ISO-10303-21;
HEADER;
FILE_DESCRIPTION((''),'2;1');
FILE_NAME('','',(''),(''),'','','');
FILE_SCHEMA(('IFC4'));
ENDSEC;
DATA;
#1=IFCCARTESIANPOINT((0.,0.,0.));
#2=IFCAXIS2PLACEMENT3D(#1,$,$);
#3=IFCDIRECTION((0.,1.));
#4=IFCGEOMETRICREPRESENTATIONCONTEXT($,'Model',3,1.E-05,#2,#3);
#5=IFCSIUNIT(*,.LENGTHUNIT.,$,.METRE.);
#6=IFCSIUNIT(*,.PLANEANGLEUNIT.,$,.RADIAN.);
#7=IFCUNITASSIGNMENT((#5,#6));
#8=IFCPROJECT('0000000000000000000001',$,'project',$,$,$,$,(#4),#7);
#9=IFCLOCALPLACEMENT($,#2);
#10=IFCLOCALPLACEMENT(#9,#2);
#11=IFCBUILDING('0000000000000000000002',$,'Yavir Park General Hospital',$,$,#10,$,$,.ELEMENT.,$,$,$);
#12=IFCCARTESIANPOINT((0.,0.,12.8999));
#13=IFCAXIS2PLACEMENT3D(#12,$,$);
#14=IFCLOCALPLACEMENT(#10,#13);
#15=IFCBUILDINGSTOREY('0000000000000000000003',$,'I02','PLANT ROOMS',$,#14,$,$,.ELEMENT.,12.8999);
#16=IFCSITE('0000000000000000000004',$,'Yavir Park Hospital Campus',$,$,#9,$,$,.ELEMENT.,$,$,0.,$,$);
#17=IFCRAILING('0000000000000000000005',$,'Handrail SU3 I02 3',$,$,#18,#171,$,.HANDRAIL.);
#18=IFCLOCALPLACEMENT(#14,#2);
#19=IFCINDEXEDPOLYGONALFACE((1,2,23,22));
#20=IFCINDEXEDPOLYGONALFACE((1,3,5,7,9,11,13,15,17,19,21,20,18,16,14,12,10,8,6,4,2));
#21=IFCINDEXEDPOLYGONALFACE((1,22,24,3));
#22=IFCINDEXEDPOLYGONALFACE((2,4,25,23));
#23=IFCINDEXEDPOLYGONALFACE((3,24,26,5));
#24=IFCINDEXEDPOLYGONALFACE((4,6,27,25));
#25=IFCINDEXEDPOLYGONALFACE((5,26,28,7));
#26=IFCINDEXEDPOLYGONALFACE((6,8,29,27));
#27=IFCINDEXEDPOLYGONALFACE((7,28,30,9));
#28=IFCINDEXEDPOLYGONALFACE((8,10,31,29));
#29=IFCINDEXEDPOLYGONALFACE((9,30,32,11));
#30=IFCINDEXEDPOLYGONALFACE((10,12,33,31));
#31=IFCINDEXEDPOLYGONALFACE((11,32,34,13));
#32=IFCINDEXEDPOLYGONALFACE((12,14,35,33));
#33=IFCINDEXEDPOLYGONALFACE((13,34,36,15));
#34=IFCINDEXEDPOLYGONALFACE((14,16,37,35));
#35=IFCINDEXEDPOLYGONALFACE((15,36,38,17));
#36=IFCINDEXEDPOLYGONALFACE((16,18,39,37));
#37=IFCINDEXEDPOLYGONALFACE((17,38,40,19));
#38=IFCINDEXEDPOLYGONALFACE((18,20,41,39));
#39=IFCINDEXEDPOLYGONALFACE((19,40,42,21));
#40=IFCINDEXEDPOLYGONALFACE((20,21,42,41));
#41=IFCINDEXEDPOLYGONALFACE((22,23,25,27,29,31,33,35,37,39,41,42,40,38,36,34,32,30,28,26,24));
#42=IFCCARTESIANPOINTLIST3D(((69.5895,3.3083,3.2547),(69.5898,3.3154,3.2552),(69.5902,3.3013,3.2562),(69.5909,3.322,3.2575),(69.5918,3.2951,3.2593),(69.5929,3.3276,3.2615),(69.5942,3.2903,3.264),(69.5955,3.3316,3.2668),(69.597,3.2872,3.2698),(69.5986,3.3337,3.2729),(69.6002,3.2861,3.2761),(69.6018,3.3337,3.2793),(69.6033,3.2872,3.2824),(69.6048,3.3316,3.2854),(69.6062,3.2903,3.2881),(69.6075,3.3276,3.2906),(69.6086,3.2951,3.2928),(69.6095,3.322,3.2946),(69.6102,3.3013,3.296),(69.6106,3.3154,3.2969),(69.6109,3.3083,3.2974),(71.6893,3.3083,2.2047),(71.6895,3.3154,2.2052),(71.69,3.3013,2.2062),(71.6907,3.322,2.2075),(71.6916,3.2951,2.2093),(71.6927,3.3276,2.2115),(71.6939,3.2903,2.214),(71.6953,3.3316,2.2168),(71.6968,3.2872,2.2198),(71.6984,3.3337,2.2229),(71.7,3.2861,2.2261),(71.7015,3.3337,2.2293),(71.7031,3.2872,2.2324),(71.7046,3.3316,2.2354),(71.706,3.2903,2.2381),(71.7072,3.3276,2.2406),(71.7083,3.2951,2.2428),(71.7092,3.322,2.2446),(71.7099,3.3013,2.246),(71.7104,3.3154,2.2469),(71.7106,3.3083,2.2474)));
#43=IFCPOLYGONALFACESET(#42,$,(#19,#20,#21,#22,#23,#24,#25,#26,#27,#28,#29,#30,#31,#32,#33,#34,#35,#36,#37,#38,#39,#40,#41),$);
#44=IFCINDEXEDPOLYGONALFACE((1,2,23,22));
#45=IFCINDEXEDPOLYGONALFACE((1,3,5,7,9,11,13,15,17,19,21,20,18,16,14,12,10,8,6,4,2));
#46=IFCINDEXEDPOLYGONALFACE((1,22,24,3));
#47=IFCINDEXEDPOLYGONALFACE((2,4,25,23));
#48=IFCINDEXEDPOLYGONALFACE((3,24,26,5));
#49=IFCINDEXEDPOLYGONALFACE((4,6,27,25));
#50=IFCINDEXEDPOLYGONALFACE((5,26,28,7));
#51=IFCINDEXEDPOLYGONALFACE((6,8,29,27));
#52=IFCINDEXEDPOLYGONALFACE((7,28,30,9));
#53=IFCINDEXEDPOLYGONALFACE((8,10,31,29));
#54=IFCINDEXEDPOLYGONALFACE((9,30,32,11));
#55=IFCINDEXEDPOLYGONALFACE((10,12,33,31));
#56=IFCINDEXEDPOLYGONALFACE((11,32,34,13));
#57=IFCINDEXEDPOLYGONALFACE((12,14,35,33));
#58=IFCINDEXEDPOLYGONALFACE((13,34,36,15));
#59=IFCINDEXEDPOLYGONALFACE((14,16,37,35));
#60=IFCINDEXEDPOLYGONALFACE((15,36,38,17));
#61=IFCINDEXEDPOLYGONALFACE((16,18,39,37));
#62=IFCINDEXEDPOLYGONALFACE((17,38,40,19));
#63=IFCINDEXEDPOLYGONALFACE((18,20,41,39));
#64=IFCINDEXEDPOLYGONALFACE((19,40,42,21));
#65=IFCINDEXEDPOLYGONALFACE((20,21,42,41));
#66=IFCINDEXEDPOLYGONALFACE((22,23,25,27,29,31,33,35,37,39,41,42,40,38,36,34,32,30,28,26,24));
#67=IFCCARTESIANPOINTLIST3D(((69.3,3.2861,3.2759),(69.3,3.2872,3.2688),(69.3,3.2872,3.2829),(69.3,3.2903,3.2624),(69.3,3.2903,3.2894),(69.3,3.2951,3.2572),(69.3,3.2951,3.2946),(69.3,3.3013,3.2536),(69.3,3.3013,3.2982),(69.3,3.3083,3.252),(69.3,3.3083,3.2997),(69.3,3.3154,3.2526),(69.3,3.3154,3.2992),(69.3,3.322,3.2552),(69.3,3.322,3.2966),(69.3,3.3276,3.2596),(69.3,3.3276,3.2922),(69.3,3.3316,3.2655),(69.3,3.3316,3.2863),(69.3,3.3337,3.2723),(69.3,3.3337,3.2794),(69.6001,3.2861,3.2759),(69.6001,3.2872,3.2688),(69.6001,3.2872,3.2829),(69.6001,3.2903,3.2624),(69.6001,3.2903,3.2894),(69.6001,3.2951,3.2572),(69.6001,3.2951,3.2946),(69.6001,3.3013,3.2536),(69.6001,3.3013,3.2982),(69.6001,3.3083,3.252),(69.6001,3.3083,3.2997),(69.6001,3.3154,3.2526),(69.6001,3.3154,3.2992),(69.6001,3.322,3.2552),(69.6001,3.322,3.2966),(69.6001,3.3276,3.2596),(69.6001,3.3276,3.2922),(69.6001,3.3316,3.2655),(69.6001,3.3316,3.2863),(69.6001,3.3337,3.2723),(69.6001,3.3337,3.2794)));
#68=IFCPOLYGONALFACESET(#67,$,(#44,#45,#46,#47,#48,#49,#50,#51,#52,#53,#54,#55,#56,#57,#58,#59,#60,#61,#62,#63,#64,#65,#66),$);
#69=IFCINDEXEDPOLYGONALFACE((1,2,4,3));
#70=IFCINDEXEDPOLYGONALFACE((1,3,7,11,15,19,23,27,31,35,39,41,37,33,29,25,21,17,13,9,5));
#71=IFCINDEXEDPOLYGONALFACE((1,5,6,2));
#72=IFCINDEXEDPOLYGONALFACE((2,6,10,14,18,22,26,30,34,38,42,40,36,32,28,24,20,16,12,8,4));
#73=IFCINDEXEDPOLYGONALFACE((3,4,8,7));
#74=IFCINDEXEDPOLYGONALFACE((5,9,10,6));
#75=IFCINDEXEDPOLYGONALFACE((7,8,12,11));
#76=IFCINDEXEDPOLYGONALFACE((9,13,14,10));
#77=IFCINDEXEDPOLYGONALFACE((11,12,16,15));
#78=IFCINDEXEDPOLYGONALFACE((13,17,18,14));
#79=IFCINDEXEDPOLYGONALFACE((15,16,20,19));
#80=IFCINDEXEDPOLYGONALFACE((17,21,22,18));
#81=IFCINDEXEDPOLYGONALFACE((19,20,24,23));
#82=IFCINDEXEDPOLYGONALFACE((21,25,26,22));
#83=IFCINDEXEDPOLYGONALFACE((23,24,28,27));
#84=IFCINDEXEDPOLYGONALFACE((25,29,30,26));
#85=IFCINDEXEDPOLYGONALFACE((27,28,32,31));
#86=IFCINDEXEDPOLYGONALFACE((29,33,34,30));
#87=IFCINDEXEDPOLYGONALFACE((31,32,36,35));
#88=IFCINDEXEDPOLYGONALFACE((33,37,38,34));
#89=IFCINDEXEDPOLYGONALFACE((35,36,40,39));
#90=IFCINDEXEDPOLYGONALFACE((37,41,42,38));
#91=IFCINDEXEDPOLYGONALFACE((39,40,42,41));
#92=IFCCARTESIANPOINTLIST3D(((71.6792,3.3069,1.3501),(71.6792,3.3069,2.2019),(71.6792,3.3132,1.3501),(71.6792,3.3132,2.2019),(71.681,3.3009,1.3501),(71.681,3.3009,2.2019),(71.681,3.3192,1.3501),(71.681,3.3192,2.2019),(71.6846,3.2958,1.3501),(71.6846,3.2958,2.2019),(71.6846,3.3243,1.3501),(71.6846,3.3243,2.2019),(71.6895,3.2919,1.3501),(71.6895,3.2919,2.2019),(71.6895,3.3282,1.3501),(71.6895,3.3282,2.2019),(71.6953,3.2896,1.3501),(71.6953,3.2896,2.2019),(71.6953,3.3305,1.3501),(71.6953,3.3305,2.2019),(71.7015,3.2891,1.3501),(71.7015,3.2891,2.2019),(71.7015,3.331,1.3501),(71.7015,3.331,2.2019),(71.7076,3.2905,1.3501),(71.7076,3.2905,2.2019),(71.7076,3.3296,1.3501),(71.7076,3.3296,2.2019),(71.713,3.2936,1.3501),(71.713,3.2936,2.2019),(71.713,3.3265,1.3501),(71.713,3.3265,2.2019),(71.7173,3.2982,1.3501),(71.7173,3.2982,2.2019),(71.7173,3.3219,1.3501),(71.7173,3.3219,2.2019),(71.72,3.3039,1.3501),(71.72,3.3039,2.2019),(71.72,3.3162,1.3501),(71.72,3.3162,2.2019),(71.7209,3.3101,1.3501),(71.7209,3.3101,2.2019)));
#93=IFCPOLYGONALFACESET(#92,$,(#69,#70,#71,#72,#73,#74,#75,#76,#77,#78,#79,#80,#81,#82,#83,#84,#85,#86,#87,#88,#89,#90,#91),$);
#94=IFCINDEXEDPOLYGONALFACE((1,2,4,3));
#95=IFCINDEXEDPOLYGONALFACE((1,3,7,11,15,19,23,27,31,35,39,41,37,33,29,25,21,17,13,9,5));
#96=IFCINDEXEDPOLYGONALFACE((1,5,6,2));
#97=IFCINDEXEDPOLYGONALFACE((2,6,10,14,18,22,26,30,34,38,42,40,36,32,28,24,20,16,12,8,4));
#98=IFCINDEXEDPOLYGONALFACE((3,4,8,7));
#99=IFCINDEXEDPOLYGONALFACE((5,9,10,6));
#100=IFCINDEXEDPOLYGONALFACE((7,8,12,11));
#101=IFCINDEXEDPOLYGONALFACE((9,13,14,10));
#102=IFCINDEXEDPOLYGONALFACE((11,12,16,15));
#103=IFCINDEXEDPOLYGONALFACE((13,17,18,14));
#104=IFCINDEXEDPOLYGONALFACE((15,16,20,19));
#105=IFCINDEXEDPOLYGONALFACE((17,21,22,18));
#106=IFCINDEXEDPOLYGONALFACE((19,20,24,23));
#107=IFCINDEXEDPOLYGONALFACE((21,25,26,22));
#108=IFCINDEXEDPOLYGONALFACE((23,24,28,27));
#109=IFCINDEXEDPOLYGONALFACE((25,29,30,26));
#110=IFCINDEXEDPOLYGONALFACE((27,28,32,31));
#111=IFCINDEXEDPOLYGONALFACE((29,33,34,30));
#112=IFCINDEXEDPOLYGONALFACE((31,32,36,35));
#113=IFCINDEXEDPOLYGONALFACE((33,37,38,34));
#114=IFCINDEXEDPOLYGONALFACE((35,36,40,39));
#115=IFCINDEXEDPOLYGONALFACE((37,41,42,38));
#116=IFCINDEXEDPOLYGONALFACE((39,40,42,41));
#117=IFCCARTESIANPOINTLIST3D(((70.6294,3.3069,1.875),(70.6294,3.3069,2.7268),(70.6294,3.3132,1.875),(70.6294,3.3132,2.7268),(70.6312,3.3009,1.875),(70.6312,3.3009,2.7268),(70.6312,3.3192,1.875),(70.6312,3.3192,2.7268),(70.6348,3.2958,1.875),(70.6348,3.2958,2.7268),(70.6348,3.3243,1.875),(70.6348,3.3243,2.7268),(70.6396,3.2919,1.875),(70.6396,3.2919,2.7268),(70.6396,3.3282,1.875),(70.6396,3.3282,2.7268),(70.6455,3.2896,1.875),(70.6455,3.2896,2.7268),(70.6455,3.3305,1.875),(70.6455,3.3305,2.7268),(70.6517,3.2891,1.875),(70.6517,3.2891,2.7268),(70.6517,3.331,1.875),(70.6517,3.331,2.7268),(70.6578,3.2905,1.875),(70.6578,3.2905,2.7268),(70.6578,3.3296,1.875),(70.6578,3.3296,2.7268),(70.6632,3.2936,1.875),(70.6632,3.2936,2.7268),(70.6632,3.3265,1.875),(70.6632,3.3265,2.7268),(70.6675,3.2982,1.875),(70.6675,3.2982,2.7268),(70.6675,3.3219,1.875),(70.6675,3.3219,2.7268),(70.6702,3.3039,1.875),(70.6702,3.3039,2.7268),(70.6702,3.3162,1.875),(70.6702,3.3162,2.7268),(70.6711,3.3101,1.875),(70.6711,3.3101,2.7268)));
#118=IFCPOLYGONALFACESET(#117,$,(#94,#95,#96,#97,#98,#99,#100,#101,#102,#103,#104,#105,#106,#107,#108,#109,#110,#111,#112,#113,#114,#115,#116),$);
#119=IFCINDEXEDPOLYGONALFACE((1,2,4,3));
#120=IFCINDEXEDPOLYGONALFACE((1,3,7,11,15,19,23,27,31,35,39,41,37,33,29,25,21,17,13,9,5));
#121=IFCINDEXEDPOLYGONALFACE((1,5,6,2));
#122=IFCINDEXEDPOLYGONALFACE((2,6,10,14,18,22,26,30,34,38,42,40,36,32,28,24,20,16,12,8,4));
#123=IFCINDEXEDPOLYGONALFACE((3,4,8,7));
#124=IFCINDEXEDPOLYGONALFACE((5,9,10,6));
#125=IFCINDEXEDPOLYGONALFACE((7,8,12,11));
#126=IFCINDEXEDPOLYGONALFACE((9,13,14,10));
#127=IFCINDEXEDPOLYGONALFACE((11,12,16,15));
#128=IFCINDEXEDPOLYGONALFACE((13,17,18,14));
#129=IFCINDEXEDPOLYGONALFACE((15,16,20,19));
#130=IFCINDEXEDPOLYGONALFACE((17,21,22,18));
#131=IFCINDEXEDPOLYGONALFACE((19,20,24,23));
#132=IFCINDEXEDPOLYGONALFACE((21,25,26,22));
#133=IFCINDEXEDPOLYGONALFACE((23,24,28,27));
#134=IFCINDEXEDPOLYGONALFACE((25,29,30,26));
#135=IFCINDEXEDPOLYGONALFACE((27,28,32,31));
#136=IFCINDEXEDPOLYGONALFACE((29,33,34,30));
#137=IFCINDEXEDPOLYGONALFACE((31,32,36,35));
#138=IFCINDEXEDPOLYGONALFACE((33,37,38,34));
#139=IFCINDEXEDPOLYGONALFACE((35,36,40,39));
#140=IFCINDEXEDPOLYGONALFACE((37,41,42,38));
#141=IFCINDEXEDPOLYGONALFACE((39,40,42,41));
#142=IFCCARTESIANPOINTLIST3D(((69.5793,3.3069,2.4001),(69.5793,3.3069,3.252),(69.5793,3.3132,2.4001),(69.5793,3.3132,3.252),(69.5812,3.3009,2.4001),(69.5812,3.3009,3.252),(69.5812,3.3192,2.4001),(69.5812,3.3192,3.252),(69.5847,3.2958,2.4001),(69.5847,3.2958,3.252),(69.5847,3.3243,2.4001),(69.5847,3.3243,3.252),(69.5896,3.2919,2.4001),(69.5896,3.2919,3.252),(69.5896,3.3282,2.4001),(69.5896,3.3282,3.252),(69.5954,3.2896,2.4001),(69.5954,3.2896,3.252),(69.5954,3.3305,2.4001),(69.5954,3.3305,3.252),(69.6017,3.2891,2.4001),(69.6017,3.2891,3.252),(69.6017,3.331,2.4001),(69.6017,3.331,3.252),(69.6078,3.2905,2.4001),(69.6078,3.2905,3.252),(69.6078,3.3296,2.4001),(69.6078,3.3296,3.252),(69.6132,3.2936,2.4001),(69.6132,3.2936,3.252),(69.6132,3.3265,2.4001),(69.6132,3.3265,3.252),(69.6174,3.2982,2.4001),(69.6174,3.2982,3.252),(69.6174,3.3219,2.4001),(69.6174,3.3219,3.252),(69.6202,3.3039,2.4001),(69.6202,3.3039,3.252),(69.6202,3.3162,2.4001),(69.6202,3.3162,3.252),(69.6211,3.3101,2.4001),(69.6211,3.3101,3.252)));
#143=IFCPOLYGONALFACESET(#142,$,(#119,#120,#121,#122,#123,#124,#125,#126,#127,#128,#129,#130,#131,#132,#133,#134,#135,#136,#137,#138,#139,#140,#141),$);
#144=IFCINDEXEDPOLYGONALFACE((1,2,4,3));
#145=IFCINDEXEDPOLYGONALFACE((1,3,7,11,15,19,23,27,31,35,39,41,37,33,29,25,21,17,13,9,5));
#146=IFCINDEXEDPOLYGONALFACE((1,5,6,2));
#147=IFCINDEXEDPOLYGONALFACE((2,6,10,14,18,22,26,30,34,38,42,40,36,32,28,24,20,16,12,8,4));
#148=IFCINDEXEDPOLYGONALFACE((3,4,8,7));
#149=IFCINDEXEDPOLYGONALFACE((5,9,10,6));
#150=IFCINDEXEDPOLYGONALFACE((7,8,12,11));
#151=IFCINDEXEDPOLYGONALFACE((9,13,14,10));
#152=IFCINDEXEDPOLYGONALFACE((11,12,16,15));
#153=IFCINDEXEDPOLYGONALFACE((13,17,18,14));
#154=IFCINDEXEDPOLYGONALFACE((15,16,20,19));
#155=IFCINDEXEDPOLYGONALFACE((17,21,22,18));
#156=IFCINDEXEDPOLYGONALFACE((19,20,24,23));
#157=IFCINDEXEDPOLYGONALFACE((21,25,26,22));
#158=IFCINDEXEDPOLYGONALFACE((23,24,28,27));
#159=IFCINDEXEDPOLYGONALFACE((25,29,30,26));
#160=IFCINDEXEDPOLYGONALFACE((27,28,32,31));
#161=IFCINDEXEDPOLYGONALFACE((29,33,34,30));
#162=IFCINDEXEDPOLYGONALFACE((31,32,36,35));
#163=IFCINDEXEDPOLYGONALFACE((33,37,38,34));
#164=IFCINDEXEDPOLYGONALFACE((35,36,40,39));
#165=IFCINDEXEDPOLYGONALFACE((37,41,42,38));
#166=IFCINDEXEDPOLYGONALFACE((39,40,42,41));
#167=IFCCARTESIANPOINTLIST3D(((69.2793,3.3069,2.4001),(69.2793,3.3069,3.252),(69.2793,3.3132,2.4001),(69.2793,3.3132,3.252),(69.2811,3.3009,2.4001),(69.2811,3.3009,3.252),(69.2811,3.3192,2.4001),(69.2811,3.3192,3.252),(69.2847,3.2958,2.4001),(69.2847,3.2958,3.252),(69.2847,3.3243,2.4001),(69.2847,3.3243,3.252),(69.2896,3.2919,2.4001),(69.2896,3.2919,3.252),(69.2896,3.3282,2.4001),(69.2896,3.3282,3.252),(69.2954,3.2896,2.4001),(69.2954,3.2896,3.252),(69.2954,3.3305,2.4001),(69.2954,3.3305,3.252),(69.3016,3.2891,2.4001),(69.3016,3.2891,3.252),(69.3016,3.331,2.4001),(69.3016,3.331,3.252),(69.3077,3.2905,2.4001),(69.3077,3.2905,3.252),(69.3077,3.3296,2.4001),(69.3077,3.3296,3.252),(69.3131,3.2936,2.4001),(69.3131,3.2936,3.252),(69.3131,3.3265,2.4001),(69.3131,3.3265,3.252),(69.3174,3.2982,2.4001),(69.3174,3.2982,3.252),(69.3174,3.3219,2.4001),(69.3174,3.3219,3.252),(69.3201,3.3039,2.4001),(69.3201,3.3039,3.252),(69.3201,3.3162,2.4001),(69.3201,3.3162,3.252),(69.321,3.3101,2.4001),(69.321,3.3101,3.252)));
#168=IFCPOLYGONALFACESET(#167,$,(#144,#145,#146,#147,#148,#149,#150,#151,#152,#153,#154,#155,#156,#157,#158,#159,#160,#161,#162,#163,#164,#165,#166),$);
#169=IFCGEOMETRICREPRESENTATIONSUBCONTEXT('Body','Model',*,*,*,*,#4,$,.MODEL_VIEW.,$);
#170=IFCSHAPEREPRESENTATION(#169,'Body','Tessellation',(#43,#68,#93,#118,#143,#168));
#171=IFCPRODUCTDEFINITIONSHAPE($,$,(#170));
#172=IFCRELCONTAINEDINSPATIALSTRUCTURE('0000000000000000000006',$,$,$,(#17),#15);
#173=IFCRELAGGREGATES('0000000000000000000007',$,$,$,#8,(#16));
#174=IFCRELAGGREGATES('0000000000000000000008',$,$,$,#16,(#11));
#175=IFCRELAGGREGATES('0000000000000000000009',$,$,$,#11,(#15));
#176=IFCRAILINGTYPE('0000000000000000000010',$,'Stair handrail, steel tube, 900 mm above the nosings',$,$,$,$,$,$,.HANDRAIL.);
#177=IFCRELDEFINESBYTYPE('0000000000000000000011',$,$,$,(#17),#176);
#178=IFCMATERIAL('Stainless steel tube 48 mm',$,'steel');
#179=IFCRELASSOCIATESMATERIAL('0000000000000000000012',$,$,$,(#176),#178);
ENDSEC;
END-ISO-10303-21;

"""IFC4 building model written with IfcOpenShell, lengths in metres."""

from ifc_helpers import new_model, si_unit, direction, frame, origin, origin_2d, place, context, subcontext, project, spatial, circle, extrude, material, type_object, element, save


model = new_model("IFC4")

# Units and contexts
model_context = context("Model", 3, precision=1e-05, world=origin(), true_north=direction((0.0, 1.0)))
body_context = subcontext(model_context, "Body", "Model", "MODEL_VIEW")
ifc_project = project(units=[si_unit("LENGTHUNIT", "METRE"), si_unit("PLANEANGLEUNIT", "RADIAN")], contexts=[model_context])

# Site, building, storey
site_placement = place(None, origin())
site = spatial("IfcSite", under=ifc_project, at=site_placement, Name="Yavir Park Hospital Campus", CompositionType="ELEMENT", RefElevation=0.0)
building_placement = place(site_placement, origin())
building = spatial("IfcBuilding", under=site, at=building_placement, Name="Yavir Park General Hospital", CompositionType="ELEMENT")
storey_placement = place(building_placement, frame((0.0, 0.0, 12.8999)))
storey = spatial("IfcBuildingStorey", under=building, at=storey_placement, Name="I02", Description="PLANT ROOMS", CompositionType="ELEMENT", Elevation=12.8999)

# Railing
ifc_material_1 = material(Name="Stainless steel tube 48 mm", Category="steel")
railing_type_1 = type_object("IfcRailingType", Name="Stair handrail, steel tube, 900 mm above the nosings", PredefinedType="HANDRAIL", material=ifc_material_1)
for number, where, name in (
    (1, (71.7, 3.3101, 1.3501), "Handrail SU3 I02 3"),
):
    element("IfcRailing", number, at=place(storey_placement, frame(where)), inside=storey, type_object=railing_type_1, Name=name, PredefinedType="HANDRAIL", context=body_context, shape_type="SweptSolid", body=[
        extrude(circle(Radius=0.0239, at=origin_2d()), frame((0.0, 0.0, 0.876), z_axis=(-0.894406, 0.0, 0.447255), x_axis=(0.0, -1.0, 0.0)), (0.0, 0.0, 1.0), 2.3477),
        extrude(circle(Radius=0.0239, at=origin_2d()), frame((-2.0999, 0.0, 1.9258), z_axis=(-1.0, 0.0, 0.0), x_axis=(0.0, -1.0, 0.0)), (0.0, 0.0, 1.0), 0.3),
        extrude(circle(Radius=0.021, at=origin_2d()), origin(), (0.0, 0.0, 1.0), 0.8518),
        extrude(circle(Radius=0.021, at=origin_2d()), frame((-1.0498, 0.0, 0.5249)), (0.0, 0.0, 1.0), 0.8518),
        extrude(circle(Radius=0.021, at=origin_2d()), frame((-2.0999, 0.0, 1.05)), (0.0, 0.0, 1.0), 0.8518),
        extrude(circle(Radius=0.021, at=origin_2d()), frame((-2.3999, 0.0, 1.05)), (0.0, 0.0, 1.0), 0.8518),
    ])

save(model, "model.ifc")
